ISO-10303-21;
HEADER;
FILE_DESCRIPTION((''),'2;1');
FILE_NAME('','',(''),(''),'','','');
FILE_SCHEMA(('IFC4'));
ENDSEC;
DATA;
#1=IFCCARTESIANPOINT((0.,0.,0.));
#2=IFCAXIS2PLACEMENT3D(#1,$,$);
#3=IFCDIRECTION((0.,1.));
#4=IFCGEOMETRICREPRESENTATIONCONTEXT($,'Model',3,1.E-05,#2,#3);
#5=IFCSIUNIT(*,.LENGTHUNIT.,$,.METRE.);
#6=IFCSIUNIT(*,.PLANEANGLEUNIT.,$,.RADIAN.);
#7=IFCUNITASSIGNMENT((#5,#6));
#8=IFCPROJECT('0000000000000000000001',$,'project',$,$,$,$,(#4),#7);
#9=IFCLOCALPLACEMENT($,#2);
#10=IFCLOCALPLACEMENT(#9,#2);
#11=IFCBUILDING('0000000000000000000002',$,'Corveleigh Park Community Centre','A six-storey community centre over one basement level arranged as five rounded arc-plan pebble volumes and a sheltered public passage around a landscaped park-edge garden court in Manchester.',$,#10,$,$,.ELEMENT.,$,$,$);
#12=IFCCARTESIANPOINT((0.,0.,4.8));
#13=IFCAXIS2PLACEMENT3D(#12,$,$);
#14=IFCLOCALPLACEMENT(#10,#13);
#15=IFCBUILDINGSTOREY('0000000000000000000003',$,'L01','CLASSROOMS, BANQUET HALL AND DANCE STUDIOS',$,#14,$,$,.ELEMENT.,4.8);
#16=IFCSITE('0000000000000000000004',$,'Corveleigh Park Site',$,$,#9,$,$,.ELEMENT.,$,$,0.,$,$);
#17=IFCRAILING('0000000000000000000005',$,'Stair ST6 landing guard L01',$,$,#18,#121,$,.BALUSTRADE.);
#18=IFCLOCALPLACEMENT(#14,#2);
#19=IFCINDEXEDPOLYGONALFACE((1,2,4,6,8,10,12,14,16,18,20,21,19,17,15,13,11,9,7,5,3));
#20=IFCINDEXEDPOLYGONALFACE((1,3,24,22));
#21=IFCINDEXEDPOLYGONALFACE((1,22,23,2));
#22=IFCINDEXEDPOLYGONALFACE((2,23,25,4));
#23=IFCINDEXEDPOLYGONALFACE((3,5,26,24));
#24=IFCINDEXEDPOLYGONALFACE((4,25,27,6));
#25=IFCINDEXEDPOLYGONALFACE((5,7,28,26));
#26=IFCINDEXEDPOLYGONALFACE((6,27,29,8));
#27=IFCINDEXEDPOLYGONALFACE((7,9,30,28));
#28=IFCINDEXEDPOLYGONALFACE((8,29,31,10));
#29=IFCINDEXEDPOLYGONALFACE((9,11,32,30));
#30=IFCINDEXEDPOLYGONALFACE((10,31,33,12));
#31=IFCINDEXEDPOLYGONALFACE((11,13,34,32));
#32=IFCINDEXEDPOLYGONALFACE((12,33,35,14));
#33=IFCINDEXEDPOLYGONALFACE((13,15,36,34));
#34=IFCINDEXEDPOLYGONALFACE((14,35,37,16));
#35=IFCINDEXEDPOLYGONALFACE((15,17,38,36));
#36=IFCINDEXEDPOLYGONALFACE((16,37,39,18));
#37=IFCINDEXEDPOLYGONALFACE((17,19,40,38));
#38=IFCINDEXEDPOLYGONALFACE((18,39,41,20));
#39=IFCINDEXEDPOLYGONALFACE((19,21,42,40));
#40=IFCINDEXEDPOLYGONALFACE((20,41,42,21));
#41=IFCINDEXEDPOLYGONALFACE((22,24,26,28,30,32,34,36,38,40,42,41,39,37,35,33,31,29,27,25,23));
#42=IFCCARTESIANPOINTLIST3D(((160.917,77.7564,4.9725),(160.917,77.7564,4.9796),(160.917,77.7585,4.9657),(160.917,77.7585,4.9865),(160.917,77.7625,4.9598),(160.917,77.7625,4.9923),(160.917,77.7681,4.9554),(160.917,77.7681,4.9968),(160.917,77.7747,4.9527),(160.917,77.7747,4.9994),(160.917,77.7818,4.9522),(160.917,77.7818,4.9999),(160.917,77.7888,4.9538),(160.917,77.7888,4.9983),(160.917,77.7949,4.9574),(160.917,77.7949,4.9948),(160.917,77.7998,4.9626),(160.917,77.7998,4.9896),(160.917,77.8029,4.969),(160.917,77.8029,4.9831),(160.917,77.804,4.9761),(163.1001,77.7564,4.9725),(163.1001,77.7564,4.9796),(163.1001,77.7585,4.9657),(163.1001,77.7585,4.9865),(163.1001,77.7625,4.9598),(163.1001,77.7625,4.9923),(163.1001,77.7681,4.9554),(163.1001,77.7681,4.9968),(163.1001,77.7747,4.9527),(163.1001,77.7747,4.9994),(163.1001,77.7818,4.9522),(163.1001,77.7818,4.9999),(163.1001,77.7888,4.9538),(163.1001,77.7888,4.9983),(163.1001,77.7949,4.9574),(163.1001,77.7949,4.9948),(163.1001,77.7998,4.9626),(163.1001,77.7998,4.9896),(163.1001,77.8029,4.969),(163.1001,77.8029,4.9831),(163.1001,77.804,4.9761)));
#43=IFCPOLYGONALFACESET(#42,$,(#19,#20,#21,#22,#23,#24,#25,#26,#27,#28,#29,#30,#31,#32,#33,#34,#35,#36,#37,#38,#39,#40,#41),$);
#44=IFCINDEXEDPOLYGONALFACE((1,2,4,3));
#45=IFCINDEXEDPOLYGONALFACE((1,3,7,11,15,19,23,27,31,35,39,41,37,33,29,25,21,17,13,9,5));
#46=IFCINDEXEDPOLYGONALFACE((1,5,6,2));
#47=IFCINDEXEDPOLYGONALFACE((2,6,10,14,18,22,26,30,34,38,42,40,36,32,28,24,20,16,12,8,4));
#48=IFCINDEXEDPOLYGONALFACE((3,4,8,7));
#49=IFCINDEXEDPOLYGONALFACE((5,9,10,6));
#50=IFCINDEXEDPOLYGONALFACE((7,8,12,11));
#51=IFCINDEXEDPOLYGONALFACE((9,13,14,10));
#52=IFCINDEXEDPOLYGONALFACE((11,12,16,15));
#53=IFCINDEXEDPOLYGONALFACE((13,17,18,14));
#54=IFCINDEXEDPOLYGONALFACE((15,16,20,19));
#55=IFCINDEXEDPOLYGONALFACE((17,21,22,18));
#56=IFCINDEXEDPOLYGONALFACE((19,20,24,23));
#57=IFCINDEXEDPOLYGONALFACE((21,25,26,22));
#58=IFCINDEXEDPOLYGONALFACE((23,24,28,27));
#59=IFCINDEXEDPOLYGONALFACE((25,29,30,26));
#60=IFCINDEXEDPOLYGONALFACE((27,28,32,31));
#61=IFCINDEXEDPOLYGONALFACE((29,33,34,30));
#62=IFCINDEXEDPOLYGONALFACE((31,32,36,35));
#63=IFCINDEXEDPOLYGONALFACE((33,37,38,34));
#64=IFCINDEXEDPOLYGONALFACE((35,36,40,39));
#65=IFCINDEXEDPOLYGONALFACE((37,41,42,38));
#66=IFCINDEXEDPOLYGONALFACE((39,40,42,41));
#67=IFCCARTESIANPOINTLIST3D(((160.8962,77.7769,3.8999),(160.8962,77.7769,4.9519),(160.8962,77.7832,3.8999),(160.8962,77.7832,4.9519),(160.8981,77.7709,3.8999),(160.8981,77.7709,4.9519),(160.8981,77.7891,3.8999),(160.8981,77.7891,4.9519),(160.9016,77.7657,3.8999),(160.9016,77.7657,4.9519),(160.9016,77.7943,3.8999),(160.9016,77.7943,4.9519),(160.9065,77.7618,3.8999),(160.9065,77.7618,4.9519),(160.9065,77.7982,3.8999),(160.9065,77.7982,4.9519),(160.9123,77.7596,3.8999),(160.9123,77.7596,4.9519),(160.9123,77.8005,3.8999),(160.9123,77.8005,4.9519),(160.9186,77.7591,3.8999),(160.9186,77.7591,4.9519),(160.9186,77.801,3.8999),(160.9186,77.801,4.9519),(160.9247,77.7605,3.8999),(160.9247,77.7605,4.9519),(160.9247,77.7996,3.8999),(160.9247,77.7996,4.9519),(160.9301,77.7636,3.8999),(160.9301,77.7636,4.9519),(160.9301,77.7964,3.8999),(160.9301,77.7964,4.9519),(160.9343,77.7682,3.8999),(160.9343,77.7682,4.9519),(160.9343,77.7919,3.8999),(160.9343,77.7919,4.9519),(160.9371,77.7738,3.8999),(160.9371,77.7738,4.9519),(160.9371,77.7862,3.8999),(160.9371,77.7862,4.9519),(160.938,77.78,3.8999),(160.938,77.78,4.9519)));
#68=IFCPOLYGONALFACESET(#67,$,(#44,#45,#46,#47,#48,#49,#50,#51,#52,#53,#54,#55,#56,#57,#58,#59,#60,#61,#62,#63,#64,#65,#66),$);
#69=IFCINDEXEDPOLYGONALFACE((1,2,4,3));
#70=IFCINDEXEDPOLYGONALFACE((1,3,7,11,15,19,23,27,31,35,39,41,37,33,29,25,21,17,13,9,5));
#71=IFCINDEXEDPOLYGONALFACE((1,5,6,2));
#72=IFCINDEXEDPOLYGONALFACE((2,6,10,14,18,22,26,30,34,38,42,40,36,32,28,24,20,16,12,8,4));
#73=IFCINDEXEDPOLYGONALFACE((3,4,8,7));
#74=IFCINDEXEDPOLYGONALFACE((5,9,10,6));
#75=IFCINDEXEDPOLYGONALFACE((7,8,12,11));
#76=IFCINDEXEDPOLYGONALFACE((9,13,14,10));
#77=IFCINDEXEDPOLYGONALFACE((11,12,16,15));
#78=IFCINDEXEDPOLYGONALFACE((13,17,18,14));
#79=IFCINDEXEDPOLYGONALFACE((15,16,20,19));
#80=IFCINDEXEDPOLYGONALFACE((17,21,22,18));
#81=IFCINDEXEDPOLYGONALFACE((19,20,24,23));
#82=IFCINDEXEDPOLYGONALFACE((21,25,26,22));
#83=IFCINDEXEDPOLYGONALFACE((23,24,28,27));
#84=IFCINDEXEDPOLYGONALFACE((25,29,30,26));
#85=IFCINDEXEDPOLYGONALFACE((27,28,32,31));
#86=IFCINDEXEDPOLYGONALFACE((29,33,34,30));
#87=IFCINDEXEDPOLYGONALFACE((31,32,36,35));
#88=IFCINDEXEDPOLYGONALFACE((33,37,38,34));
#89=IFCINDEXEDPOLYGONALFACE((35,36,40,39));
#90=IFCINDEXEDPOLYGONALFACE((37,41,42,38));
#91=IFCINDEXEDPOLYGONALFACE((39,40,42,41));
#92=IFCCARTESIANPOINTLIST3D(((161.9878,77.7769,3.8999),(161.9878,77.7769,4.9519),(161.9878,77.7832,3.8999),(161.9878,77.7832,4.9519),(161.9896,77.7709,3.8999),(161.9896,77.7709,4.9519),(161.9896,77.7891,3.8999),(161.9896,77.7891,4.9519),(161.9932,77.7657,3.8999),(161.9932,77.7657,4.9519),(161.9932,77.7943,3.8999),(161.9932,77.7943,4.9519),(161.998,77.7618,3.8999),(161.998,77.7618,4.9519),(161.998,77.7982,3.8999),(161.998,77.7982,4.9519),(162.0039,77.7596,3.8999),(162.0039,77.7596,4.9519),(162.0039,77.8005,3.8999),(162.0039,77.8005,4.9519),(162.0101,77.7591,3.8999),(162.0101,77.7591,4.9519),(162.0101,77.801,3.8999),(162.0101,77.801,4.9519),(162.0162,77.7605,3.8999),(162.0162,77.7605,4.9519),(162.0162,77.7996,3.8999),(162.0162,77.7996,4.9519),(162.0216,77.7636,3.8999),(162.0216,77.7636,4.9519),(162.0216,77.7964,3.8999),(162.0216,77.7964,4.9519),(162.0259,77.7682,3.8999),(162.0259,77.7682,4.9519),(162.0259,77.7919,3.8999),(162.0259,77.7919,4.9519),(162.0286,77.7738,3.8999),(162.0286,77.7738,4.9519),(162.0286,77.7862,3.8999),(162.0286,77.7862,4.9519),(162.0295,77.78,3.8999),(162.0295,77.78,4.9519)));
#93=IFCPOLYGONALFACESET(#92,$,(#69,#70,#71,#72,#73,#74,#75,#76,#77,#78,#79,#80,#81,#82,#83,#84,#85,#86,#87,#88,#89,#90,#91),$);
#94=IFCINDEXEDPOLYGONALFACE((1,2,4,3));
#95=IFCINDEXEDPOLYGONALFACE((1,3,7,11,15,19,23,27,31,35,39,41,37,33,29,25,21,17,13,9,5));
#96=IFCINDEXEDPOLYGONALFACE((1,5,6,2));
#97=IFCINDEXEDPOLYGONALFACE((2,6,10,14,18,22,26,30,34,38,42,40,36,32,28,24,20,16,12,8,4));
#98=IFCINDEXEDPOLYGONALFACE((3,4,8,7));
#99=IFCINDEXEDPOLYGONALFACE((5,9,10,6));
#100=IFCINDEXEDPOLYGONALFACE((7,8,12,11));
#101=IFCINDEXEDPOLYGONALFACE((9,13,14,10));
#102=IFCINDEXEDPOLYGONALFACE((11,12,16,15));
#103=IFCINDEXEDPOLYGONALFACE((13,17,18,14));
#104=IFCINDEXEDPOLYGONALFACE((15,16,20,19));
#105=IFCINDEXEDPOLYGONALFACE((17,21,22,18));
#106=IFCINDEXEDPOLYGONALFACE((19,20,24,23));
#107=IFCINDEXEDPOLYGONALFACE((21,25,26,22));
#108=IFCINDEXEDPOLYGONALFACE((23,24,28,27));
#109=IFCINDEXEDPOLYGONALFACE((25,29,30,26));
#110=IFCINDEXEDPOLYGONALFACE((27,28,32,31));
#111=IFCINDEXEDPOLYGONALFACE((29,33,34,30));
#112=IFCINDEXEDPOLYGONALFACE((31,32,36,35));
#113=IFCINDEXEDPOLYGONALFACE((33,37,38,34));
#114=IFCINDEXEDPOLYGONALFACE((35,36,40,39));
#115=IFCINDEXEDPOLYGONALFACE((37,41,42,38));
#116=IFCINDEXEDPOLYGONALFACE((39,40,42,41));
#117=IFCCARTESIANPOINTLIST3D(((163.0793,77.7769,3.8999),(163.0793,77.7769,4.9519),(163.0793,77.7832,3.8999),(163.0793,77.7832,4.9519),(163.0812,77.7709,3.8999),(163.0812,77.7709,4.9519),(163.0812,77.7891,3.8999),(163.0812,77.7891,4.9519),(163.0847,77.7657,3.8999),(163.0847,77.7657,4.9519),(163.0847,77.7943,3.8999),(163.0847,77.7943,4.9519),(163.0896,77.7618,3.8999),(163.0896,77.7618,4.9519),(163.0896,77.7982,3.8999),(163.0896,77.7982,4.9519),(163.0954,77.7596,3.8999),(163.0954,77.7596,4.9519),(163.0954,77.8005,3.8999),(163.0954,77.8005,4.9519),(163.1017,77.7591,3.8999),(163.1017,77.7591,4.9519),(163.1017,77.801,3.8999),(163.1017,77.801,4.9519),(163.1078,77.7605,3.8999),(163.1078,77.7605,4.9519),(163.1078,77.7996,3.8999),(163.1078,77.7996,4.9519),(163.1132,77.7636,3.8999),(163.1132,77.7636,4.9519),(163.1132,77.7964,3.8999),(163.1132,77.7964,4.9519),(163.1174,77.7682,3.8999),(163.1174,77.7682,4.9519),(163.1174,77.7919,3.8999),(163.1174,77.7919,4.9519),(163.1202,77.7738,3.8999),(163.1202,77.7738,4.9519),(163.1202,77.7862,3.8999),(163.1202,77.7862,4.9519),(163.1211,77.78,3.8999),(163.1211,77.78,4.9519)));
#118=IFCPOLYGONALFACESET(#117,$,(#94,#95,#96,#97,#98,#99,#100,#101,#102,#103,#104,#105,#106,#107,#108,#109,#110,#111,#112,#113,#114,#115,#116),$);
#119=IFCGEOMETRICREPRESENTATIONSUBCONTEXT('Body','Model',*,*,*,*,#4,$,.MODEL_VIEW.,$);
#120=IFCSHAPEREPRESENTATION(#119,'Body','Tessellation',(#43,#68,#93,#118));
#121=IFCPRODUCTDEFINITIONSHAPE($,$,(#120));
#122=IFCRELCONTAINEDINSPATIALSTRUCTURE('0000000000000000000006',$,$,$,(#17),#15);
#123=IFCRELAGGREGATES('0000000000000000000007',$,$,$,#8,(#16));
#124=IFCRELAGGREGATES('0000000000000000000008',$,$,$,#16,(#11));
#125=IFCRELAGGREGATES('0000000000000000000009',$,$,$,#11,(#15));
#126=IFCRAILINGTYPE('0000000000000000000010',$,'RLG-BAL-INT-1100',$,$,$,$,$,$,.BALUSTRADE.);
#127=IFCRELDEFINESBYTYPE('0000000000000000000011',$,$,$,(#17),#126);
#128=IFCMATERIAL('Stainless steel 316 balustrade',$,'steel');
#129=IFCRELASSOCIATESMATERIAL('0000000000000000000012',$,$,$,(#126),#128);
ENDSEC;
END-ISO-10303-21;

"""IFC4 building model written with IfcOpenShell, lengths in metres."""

from ifc_helpers import new_model, si_unit, direction, frame, origin, origin_2d, place, context, subcontext, project, spatial, circle, extrude, material, type_object, element, save


model = new_model("IFC4")

# Units and contexts
model_context = context("Model", 3, precision=1e-05, world=origin(), true_north=direction((0.0, 1.0)))
body_context = subcontext(model_context, "Body", "Model", "MODEL_VIEW")
ifc_project = project(units=[si_unit("LENGTHUNIT", "METRE"), si_unit("PLANEANGLEUNIT", "RADIAN")], contexts=[model_context])

# Site, building, storey
site_placement = place(None, origin())
site = spatial("IfcSite", under=ifc_project, at=site_placement, Name="Corveleigh Park Site", CompositionType="ELEMENT", RefElevation=0.0)
building_placement = place(site_placement, origin())
building = spatial("IfcBuilding", under=site, at=building_placement, Name="Corveleigh Park Community Centre", Description="A six-storey community centre over one basement level arranged as five rounded arc-plan pebble volumes and a sheltered public passage around a landscaped park-edge garden court in Manchester.", CompositionType="ELEMENT")
storey_placement = place(building_placement, frame((0.0, 0.0, 4.8)))
storey = spatial("IfcBuildingStorey", under=building, at=storey_placement, Name="L01", Description="CLASSROOMS, BANQUET HALL AND DANCE STUDIOS", CompositionType="ELEMENT", Elevation=4.8)

# Railing
ifc_material_1 = material(Name="Stainless steel 316 balustrade", Category="steel")
railing_type = type_object("IfcRailingType", Name="RLG-BAL-INT-1100", PredefinedType="BALUSTRADE", material=ifc_material_1)
railing_1_placement = place(storey_placement, frame((160.917, 77.78, 3.8999)))
element("IfcRailing", 1, at=railing_1_placement, inside=storey, type_object=railing_type, Name="Stair ST6 landing guard L01", PredefinedType="BALUSTRADE", context=body_context, shape_type="SweptSolid", body=[
    extrude(circle(Radius=0.0239, at=origin_2d()), frame((0.0, 0.0, 1.0762), z_axis=(1.0, 0.0, 0.0), x_axis=(0.0, 1.0, 0.0)), (0.0, 0.0, 1.0), 2.1831),
    extrude(circle(Radius=0.021, at=origin_2d()), origin(), (0.0, 0.0, 1.0), 1.052),
    extrude(circle(Radius=0.021, at=origin_2d()), frame((1.0916, 0.0, 0.0)), (0.0, 0.0, 1.0), 1.052),
    extrude(circle(Radius=0.021, at=origin_2d()), frame((2.1831, 0.0, 0.0)), (0.0, 0.0, 1.0), 1.052),
])

save(model, "model.ifc")
